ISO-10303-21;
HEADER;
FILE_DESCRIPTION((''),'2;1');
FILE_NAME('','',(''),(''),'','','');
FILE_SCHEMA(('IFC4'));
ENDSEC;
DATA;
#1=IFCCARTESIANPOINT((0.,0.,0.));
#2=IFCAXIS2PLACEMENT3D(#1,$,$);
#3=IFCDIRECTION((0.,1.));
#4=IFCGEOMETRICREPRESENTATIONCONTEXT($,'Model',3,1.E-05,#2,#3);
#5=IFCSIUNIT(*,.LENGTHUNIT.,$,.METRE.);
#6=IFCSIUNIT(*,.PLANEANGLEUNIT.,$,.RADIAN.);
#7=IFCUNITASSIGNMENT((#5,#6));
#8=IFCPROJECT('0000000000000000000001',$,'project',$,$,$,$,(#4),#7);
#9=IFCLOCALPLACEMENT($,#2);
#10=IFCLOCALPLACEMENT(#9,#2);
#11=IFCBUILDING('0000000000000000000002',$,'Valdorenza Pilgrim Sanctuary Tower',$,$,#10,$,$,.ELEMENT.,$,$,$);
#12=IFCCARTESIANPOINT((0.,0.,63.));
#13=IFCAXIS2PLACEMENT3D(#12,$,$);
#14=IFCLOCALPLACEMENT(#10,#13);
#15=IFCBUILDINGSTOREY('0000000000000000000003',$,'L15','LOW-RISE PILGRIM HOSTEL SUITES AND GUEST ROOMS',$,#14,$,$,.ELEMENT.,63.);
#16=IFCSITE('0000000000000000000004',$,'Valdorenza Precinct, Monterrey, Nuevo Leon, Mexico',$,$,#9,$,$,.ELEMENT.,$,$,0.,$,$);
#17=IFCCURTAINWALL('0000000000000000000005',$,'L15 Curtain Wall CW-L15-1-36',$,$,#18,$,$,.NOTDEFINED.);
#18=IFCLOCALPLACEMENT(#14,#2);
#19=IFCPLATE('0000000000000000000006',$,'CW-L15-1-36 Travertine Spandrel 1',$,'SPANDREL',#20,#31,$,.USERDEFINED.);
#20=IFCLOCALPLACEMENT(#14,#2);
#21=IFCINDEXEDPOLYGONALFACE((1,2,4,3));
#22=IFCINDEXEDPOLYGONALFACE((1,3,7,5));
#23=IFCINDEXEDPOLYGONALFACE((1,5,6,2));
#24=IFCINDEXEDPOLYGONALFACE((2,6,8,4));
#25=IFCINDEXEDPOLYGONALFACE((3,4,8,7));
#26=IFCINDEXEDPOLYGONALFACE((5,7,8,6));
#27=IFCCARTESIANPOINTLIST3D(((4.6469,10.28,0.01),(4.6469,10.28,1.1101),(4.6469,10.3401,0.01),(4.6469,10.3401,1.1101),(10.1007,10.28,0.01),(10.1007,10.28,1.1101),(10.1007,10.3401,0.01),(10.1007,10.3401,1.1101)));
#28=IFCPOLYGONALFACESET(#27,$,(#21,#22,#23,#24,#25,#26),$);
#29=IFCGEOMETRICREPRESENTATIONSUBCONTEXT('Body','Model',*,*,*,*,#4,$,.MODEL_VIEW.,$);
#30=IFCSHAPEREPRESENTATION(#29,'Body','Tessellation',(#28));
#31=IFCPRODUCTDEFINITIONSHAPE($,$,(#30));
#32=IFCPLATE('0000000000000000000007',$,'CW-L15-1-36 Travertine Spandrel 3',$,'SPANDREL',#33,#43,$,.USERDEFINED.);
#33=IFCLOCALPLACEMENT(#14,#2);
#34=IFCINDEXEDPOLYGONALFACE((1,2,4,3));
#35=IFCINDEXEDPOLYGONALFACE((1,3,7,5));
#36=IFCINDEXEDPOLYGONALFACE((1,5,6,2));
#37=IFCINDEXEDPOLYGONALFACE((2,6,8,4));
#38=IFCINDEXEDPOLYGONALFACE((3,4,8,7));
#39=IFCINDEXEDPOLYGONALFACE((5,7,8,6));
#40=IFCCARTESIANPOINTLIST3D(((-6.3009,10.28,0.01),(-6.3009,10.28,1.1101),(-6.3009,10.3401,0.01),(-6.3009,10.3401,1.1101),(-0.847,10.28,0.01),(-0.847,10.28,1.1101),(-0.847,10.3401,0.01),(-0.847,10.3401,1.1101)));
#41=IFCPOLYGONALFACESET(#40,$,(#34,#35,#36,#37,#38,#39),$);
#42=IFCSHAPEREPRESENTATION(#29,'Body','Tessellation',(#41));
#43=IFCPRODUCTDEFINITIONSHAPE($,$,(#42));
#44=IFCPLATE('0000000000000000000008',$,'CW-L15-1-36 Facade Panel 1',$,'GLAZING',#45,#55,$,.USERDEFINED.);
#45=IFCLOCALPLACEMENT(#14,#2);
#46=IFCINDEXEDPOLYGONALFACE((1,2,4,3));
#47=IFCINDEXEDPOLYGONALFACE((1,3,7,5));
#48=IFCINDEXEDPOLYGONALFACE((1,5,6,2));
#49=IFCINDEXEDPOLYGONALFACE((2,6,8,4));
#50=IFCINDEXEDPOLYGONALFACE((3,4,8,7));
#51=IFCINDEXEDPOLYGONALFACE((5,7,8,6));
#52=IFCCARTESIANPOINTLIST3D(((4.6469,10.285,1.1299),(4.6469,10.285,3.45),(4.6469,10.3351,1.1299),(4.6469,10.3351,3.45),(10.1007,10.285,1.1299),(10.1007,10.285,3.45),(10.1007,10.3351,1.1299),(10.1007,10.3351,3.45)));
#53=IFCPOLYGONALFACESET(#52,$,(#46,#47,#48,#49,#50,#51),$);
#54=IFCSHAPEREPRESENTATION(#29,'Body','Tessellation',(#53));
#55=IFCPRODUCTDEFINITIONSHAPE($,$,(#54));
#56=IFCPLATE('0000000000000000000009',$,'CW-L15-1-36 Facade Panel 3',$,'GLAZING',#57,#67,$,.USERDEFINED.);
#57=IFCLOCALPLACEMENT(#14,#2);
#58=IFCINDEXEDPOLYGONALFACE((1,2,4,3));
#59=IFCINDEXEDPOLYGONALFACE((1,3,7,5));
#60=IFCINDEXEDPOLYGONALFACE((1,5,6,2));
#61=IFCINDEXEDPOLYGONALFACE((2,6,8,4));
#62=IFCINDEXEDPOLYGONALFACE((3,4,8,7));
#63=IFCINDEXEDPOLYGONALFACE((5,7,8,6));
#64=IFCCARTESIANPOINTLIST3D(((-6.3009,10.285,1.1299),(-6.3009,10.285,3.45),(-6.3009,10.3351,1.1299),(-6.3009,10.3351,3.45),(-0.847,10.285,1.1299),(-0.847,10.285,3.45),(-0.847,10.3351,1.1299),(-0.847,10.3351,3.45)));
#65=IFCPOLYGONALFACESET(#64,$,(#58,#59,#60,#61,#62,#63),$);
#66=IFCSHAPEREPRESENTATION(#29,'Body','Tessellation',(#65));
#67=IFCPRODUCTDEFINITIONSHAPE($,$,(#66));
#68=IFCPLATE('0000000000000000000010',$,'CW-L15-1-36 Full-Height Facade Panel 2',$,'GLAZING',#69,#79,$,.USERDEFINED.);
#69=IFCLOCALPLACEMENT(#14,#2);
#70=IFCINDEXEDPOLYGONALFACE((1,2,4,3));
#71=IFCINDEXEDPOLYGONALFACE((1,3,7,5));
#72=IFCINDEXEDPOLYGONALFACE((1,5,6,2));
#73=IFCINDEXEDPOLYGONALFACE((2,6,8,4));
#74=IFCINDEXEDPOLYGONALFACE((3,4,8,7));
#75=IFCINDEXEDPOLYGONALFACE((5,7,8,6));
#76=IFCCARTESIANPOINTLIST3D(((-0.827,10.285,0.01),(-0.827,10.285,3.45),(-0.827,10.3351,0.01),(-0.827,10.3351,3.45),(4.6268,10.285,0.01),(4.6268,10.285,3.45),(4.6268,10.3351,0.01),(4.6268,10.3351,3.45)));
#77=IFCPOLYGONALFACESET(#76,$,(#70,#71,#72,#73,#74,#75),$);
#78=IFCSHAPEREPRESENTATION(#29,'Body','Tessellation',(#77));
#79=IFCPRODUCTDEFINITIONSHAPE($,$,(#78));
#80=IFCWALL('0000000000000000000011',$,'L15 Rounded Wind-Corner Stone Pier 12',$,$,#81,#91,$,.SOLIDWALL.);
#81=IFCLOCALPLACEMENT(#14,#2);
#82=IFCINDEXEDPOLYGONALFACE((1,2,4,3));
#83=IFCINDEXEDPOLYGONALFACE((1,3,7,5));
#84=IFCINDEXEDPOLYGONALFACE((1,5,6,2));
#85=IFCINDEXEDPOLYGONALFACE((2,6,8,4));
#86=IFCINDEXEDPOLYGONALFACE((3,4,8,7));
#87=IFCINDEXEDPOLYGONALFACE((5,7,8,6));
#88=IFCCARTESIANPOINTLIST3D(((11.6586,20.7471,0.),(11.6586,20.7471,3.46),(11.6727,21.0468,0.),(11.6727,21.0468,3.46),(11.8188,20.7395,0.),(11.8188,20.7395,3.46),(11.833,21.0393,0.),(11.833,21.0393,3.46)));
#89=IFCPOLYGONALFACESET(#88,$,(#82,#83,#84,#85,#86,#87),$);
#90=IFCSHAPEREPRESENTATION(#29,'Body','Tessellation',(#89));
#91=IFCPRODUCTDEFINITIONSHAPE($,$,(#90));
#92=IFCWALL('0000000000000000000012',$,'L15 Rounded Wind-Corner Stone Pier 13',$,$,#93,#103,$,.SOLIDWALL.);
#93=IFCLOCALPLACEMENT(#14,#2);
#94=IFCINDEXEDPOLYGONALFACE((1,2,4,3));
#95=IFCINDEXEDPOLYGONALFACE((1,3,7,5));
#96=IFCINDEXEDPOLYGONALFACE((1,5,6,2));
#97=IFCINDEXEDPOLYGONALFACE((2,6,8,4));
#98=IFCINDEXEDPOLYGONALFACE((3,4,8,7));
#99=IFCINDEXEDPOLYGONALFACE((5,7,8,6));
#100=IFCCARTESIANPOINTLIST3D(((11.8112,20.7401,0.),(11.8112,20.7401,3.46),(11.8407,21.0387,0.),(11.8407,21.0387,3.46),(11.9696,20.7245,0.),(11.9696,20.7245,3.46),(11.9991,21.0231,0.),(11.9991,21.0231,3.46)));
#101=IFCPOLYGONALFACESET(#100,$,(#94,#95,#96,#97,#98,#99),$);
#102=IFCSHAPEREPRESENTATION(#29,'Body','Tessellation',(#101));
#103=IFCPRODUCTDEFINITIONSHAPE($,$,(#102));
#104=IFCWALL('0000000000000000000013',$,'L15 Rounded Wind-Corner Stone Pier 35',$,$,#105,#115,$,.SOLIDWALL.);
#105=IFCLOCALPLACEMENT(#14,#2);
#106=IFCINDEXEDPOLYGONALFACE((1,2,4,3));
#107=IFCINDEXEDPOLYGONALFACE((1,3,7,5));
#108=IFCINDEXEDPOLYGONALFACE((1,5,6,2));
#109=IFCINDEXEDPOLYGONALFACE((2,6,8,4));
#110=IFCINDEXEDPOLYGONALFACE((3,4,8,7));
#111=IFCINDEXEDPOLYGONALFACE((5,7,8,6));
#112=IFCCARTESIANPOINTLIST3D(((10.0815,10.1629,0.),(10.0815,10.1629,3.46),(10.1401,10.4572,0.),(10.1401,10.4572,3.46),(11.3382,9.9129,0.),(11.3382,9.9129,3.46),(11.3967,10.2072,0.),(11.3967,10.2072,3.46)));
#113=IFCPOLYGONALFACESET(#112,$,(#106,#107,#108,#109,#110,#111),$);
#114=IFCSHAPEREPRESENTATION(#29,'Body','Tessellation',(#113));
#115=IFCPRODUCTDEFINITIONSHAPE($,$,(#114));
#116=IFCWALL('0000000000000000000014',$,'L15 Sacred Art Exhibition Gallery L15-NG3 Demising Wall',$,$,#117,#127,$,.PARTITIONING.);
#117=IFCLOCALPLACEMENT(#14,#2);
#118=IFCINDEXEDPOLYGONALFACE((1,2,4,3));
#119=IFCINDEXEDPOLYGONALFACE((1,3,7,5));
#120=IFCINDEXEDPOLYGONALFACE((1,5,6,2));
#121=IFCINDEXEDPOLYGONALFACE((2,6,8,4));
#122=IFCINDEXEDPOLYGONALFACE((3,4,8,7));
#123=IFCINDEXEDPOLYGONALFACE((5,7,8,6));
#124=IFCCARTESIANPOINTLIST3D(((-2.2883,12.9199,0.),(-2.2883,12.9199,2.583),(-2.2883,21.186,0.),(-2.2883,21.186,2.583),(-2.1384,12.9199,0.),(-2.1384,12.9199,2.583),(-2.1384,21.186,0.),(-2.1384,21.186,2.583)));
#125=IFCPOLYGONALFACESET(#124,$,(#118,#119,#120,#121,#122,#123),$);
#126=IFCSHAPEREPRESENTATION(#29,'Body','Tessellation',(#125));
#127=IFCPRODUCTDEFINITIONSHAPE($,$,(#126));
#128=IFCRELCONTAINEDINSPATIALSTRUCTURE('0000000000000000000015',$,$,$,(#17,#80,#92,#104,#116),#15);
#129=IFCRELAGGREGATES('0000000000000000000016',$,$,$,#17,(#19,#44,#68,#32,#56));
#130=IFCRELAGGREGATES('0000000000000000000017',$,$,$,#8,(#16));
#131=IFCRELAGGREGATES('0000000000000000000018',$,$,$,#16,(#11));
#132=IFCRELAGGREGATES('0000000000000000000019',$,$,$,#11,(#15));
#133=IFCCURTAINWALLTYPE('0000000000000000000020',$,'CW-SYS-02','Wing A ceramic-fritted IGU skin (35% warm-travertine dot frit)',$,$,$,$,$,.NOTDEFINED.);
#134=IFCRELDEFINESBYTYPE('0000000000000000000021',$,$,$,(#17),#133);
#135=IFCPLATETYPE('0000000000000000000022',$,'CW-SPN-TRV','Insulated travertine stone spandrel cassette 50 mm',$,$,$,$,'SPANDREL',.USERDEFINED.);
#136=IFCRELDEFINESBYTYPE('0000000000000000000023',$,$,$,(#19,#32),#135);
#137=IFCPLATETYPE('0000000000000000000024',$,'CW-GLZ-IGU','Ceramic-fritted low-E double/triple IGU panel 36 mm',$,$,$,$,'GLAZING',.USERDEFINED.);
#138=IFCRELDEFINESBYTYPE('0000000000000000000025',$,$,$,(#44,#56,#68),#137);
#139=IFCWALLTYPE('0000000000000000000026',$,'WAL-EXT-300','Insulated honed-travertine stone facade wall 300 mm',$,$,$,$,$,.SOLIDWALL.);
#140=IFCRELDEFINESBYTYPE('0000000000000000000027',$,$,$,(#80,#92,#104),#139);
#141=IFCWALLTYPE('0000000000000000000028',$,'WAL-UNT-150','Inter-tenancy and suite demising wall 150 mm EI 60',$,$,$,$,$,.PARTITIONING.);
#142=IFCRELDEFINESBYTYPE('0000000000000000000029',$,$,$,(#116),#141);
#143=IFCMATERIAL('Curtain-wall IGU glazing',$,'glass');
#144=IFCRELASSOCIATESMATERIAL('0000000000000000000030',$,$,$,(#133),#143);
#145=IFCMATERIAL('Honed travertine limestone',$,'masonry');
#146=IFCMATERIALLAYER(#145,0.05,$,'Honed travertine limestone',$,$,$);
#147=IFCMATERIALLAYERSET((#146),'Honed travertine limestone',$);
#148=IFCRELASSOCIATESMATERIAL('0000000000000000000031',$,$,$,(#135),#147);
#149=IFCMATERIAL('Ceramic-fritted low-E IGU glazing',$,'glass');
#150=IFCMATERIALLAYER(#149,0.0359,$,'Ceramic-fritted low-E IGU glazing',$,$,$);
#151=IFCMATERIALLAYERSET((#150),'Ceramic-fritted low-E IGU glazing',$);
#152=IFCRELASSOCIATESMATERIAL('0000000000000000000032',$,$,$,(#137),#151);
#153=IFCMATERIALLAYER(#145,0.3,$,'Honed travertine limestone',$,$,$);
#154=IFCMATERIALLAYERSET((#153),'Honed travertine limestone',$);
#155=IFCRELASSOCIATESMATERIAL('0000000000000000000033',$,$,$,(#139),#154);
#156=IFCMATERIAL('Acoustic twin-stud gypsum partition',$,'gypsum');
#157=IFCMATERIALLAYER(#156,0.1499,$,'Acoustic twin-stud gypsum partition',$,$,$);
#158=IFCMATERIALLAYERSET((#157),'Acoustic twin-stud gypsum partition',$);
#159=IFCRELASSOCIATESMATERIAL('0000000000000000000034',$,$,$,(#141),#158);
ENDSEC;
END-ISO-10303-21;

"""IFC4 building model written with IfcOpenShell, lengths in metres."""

from ifc_helpers import new_model, si_unit, direction, frame, frame_2d, origin, origin_2d, place, context, subcontext, project, spatial, rectangle, extrude, source, transform, mapped, material, layer, layer_set, type_object, element, aggregate, save


model = new_model("IFC4")

# Units and contexts
model_context = context("Model", 3, precision=1e-05, world=origin(), true_north=direction((0.0, 1.0)))
body_context = subcontext(model_context, "Body", "Model", "MODEL_VIEW")
ifc_project = project(units=[si_unit("LENGTHUNIT", "METRE"), si_unit("PLANEANGLEUNIT", "RADIAN")], contexts=[model_context])

# Site, building, storey
site_placement = place(None, origin())
site = spatial("IfcSite", under=ifc_project, at=site_placement, Name="Valdorenza Precinct, Monterrey, Nuevo Leon, Mexico", CompositionType="ELEMENT", RefElevation=0.0)
building_placement = place(site_placement, origin())
building = spatial("IfcBuilding", under=site, at=building_placement, Name="Valdorenza Pilgrim Sanctuary Tower", CompositionType="ELEMENT")
storey_placement = place(building_placement, frame((0.0, 0.0, 63.0)))
storey = spatial("IfcBuildingStorey", under=building, at=storey_placement, Name="L15", Description="LOW-RISE PILGRIM HOSTEL SUITES AND GUEST ROOMS", CompositionType="ELEMENT", Elevation=63.0)

# Curtain wall
ifc_material_1 = material(Name="Curtain-wall IGU glazing", Category="glass")
curtain_wall_type = type_object("IfcCurtainWallType", Name="CW-SYS-02", Description="Wing A ceramic-fritted IGU skin (35% warm-travertine dot frit)", PredefinedType="NOTDEFINED", material=ifc_material_1)
curtain_wall_1_placement = place(storey_placement, origin())
curtain_wall_1 = element("IfcCurtainWall", 1, at=curtain_wall_1_placement, inside=storey, type_object=curtain_wall_type, Name="L15 Curtain Wall CW-L15-1-36", PredefinedType="NOTDEFINED")

# Plates
ifc_material_2 = material(Name="Honed travertine limestone", Category="masonry")
ifc_layer_1 = layer(ifc_material_2, 0.05, Name="Honed travertine limestone")
ifc_layer_set_1 = layer_set([ifc_layer_1], Name="Honed travertine limestone")
plate_type_1 = type_object("IfcPlateType", Name="CW-SPN-TRV", Description="Insulated travertine stone spandrel cassette 50 mm", ElementType="SPANDREL", PredefinedType="USERDEFINED", material=ifc_layer_set_1)
ifc_material_3 = material(Name="Ceramic-fritted low-E IGU glazing", Category="glass")
ifc_layer_2 = layer(ifc_material_3, 0.0359, Name="Ceramic-fritted low-E IGU glazing")
ifc_layer_set_2 = layer_set([ifc_layer_2], Name="Ceramic-fritted low-E IGU glazing")
plate_type_2 = type_object("IfcPlateType", Name="CW-GLZ-IGU", Description="Ceramic-fritted low-E double/triple IGU panel 36 mm", ElementType="GLAZING", PredefinedType="USERDEFINED", material=ifc_layer_set_2)
shared_shape_1 = source(origin(), body_context, "Body", "SweptSolid", [
    extrude(rectangle(XDim=5.4539, YDim=0.0601, at=origin_2d()), origin(), (0.0, 0.0, 1.0), 1.1001),
])
plate_1_placement = place(storey_placement, frame((7.3738, 10.3101, 0.01), z_axis=(0.0, 0.0, 1.0), x_axis=(-1.0, 0.0, 0.0)))
plate_1 = element("IfcPlate", 2, at=plate_1_placement, type_object=plate_type_1, Name="CW-L15-1-36 Travertine Spandrel 1", ObjectType="SPANDREL", PredefinedType="USERDEFINED", context=body_context, shape_type="MappedRepresentation", body=[
    mapped(shared_shape_1, transform((0.0, 0.0, 0.0), x_axis=(1.0, 0.0, 0.0), y_axis=(0.0, 1.0, 0.0), z_axis=(0.0, 0.0, 1.0), scale=1.0)),
])
plate_2_placement = place(storey_placement, frame((-3.574, 10.3101, 0.01), z_axis=(0.0, 0.0, 1.0), x_axis=(-1.0, 0.0, 0.0)))
plate_2 = element("IfcPlate", 3, at=plate_2_placement, type_object=plate_type_1, Name="CW-L15-1-36 Travertine Spandrel 3", ObjectType="SPANDREL", PredefinedType="USERDEFINED", context=body_context, shape_type="MappedRepresentation", body=[
    mapped(shared_shape_1, transform((0.0, 0.0, 0.0), x_axis=(1.0, 0.0, 0.0), y_axis=(0.0, 1.0, 0.0), z_axis=(0.0, 0.0, 1.0), scale=1.0)),
])
shared_shape_2 = source(origin(), body_context, "Body", "SweptSolid", [
    extrude(rectangle(XDim=5.4539, YDim=0.05, at=origin_2d()), origin(), (0.0, 0.0, 1.0), 2.3201),
])
plate_3_placement = place(storey_placement, frame((7.3738, 10.3101, 1.1299), z_axis=(0.0, 0.0, 1.0), x_axis=(-1.0, 0.0, 0.0)))
plate_3 = element("IfcPlate", 4, at=plate_3_placement, type_object=plate_type_2, Name="CW-L15-1-36 Facade Panel 1", ObjectType="GLAZING", PredefinedType="USERDEFINED", context=body_context, shape_type="MappedRepresentation", body=[
    mapped(shared_shape_2, transform((0.0, 0.0, 0.0), x_axis=(1.0, 0.0, 0.0), y_axis=(0.0, 1.0, 0.0), z_axis=(0.0, 0.0, 1.0), scale=1.0)),
])
plate_4_placement = place(storey_placement, frame((-3.574, 10.3101, 1.1299), z_axis=(0.0, 0.0, 1.0), x_axis=(-1.0, 0.0, 0.0)))
plate_4 = element("IfcPlate", 5, at=plate_4_placement, type_object=plate_type_2, Name="CW-L15-1-36 Facade Panel 3", ObjectType="GLAZING", PredefinedType="USERDEFINED", context=body_context, shape_type="MappedRepresentation", body=[
    mapped(shared_shape_2, transform((0.0, 0.0, 0.0), x_axis=(1.0, 0.0, 0.0), y_axis=(0.0, 1.0, 0.0), z_axis=(0.0, 0.0, 1.0), scale=1.0)),
])
shared_shape_3 = source(origin(), body_context, "Body", "SweptSolid", [
    extrude(rectangle(XDim=5.4539, YDim=0.05, at=origin_2d()), origin(), (0.0, 0.0, 1.0), 3.4399),
])
plate_5_placement = place(storey_placement, frame((1.8999, 10.3101, 0.01), z_axis=(0.0, 0.0, 1.0), x_axis=(-1.0, 0.0, 0.0)))
plate_5 = element("IfcPlate", 6, at=plate_5_placement, type_object=plate_type_2, Name="CW-L15-1-36 Full-Height Facade Panel 2", ObjectType="GLAZING", PredefinedType="USERDEFINED", context=body_context, shape_type="MappedRepresentation", body=[
    mapped(shared_shape_3, transform((0.0, 0.0, 0.0), x_axis=(1.0, 0.0, 0.0), y_axis=(0.0, 1.0, 0.0), z_axis=(0.0, 0.0, 1.0), scale=1.0)),
])
aggregate(curtain_wall_1, [plate_1, plate_3, plate_5, plate_2, plate_4])

# Walls
ifc_layer_3 = layer(ifc_material_2, 0.3, Name="Honed travertine limestone")
ifc_layer_set_3 = layer_set([ifc_layer_3], Name="Honed travertine limestone")
wall_type_1 = type_object("IfcWallType", Name="WAL-EXT-300", Description="Insulated honed-travertine stone facade wall 300 mm", PredefinedType="SOLIDWALL", material=ifc_layer_set_3)
wall_1_placement = place(storey_placement, frame((11.6658, 20.897, 0.0), z_axis=(0.0, 0.0, 1.0), x_axis=(0.998885, -0.047203, 0.0)))
element("IfcWall", 7, at=wall_1_placement, inside=storey, type_object=wall_type_1, Name="L15 Rounded Wind-Corner Stone Pier 12", PredefinedType="SOLIDWALL", context=body_context, shape_type="SweptSolid", body=[
    extrude(rectangle(XDim=0.1604, YDim=0.3, at=frame_2d((0.0801, 0.0))), origin(), (0.0, 0.0, 1.0), 3.46),
])
wall_2_placement = place(storey_placement, frame((11.8259, 20.8894, 0.0), z_axis=(0.0, 0.0, 1.0), x_axis=(0.995173, -0.098137, 0.0)))
element("IfcWall", 8, at=wall_2_placement, inside=storey, type_object=wall_type_1, Name="L15 Rounded Wind-Corner Stone Pier 13", PredefinedType="SOLIDWALL", context=body_context, shape_type="SweptSolid", body=[
    extrude(rectangle(XDim=0.1592, YDim=0.3, at=frame_2d((0.0796, 0.0))), origin(), (0.0, 0.0, 1.0), 3.46),
])
wall_3_placement = place(storey_placement, frame((11.3674, 10.0601, 0.0), z_axis=(0.0, 0.0, 1.0), x_axis=(-0.980778, 0.195127, 0.0)))
element("IfcWall", 9, at=wall_3_placement, inside=storey, type_object=wall_type_1, Name="L15 Rounded Wind-Corner Stone Pier 35", PredefinedType="SOLIDWALL", context=body_context, shape_type="SweptSolid", body=[
    extrude(rectangle(XDim=1.2812, YDim=0.3, at=frame_2d((0.6406, 0.0))), origin(), (0.0, 0.0, 1.0), 3.46),
])
ifc_material_4 = material(Name="Acoustic twin-stud gypsum partition", Category="gypsum")
ifc_layer_4 = layer(ifc_material_4, 0.1499, Name="Acoustic twin-stud gypsum partition")
ifc_layer_set_4 = layer_set([ifc_layer_4], Name="Acoustic twin-stud gypsum partition")
wall_type_2 = type_object("IfcWallType", Name="WAL-UNT-150", Description="Inter-tenancy and suite demising wall 150 mm EI 60", PredefinedType="PARTITIONING", material=ifc_layer_set_4)
wall_4_placement = place(storey_placement, frame((-2.2134, 12.9199, 0.0), z_axis=(0.0, 0.0, 1.0), x_axis=(0.0, 1.0, 0.0)))
element("IfcWall", 10, at=wall_4_placement, inside=storey, type_object=wall_type_2, Name="L15 Sacred Art Exhibition Gallery L15-NG3 Demising Wall", PredefinedType="PARTITIONING", context=body_context, shape_type="SweptSolid", body=[
    extrude(rectangle(XDim=8.2661, YDim=0.1499, at=frame_2d((4.1331, 0.0))), origin(), (0.0, 0.0, 1.0), 2.583),
])

save(model, "model.ifc")
